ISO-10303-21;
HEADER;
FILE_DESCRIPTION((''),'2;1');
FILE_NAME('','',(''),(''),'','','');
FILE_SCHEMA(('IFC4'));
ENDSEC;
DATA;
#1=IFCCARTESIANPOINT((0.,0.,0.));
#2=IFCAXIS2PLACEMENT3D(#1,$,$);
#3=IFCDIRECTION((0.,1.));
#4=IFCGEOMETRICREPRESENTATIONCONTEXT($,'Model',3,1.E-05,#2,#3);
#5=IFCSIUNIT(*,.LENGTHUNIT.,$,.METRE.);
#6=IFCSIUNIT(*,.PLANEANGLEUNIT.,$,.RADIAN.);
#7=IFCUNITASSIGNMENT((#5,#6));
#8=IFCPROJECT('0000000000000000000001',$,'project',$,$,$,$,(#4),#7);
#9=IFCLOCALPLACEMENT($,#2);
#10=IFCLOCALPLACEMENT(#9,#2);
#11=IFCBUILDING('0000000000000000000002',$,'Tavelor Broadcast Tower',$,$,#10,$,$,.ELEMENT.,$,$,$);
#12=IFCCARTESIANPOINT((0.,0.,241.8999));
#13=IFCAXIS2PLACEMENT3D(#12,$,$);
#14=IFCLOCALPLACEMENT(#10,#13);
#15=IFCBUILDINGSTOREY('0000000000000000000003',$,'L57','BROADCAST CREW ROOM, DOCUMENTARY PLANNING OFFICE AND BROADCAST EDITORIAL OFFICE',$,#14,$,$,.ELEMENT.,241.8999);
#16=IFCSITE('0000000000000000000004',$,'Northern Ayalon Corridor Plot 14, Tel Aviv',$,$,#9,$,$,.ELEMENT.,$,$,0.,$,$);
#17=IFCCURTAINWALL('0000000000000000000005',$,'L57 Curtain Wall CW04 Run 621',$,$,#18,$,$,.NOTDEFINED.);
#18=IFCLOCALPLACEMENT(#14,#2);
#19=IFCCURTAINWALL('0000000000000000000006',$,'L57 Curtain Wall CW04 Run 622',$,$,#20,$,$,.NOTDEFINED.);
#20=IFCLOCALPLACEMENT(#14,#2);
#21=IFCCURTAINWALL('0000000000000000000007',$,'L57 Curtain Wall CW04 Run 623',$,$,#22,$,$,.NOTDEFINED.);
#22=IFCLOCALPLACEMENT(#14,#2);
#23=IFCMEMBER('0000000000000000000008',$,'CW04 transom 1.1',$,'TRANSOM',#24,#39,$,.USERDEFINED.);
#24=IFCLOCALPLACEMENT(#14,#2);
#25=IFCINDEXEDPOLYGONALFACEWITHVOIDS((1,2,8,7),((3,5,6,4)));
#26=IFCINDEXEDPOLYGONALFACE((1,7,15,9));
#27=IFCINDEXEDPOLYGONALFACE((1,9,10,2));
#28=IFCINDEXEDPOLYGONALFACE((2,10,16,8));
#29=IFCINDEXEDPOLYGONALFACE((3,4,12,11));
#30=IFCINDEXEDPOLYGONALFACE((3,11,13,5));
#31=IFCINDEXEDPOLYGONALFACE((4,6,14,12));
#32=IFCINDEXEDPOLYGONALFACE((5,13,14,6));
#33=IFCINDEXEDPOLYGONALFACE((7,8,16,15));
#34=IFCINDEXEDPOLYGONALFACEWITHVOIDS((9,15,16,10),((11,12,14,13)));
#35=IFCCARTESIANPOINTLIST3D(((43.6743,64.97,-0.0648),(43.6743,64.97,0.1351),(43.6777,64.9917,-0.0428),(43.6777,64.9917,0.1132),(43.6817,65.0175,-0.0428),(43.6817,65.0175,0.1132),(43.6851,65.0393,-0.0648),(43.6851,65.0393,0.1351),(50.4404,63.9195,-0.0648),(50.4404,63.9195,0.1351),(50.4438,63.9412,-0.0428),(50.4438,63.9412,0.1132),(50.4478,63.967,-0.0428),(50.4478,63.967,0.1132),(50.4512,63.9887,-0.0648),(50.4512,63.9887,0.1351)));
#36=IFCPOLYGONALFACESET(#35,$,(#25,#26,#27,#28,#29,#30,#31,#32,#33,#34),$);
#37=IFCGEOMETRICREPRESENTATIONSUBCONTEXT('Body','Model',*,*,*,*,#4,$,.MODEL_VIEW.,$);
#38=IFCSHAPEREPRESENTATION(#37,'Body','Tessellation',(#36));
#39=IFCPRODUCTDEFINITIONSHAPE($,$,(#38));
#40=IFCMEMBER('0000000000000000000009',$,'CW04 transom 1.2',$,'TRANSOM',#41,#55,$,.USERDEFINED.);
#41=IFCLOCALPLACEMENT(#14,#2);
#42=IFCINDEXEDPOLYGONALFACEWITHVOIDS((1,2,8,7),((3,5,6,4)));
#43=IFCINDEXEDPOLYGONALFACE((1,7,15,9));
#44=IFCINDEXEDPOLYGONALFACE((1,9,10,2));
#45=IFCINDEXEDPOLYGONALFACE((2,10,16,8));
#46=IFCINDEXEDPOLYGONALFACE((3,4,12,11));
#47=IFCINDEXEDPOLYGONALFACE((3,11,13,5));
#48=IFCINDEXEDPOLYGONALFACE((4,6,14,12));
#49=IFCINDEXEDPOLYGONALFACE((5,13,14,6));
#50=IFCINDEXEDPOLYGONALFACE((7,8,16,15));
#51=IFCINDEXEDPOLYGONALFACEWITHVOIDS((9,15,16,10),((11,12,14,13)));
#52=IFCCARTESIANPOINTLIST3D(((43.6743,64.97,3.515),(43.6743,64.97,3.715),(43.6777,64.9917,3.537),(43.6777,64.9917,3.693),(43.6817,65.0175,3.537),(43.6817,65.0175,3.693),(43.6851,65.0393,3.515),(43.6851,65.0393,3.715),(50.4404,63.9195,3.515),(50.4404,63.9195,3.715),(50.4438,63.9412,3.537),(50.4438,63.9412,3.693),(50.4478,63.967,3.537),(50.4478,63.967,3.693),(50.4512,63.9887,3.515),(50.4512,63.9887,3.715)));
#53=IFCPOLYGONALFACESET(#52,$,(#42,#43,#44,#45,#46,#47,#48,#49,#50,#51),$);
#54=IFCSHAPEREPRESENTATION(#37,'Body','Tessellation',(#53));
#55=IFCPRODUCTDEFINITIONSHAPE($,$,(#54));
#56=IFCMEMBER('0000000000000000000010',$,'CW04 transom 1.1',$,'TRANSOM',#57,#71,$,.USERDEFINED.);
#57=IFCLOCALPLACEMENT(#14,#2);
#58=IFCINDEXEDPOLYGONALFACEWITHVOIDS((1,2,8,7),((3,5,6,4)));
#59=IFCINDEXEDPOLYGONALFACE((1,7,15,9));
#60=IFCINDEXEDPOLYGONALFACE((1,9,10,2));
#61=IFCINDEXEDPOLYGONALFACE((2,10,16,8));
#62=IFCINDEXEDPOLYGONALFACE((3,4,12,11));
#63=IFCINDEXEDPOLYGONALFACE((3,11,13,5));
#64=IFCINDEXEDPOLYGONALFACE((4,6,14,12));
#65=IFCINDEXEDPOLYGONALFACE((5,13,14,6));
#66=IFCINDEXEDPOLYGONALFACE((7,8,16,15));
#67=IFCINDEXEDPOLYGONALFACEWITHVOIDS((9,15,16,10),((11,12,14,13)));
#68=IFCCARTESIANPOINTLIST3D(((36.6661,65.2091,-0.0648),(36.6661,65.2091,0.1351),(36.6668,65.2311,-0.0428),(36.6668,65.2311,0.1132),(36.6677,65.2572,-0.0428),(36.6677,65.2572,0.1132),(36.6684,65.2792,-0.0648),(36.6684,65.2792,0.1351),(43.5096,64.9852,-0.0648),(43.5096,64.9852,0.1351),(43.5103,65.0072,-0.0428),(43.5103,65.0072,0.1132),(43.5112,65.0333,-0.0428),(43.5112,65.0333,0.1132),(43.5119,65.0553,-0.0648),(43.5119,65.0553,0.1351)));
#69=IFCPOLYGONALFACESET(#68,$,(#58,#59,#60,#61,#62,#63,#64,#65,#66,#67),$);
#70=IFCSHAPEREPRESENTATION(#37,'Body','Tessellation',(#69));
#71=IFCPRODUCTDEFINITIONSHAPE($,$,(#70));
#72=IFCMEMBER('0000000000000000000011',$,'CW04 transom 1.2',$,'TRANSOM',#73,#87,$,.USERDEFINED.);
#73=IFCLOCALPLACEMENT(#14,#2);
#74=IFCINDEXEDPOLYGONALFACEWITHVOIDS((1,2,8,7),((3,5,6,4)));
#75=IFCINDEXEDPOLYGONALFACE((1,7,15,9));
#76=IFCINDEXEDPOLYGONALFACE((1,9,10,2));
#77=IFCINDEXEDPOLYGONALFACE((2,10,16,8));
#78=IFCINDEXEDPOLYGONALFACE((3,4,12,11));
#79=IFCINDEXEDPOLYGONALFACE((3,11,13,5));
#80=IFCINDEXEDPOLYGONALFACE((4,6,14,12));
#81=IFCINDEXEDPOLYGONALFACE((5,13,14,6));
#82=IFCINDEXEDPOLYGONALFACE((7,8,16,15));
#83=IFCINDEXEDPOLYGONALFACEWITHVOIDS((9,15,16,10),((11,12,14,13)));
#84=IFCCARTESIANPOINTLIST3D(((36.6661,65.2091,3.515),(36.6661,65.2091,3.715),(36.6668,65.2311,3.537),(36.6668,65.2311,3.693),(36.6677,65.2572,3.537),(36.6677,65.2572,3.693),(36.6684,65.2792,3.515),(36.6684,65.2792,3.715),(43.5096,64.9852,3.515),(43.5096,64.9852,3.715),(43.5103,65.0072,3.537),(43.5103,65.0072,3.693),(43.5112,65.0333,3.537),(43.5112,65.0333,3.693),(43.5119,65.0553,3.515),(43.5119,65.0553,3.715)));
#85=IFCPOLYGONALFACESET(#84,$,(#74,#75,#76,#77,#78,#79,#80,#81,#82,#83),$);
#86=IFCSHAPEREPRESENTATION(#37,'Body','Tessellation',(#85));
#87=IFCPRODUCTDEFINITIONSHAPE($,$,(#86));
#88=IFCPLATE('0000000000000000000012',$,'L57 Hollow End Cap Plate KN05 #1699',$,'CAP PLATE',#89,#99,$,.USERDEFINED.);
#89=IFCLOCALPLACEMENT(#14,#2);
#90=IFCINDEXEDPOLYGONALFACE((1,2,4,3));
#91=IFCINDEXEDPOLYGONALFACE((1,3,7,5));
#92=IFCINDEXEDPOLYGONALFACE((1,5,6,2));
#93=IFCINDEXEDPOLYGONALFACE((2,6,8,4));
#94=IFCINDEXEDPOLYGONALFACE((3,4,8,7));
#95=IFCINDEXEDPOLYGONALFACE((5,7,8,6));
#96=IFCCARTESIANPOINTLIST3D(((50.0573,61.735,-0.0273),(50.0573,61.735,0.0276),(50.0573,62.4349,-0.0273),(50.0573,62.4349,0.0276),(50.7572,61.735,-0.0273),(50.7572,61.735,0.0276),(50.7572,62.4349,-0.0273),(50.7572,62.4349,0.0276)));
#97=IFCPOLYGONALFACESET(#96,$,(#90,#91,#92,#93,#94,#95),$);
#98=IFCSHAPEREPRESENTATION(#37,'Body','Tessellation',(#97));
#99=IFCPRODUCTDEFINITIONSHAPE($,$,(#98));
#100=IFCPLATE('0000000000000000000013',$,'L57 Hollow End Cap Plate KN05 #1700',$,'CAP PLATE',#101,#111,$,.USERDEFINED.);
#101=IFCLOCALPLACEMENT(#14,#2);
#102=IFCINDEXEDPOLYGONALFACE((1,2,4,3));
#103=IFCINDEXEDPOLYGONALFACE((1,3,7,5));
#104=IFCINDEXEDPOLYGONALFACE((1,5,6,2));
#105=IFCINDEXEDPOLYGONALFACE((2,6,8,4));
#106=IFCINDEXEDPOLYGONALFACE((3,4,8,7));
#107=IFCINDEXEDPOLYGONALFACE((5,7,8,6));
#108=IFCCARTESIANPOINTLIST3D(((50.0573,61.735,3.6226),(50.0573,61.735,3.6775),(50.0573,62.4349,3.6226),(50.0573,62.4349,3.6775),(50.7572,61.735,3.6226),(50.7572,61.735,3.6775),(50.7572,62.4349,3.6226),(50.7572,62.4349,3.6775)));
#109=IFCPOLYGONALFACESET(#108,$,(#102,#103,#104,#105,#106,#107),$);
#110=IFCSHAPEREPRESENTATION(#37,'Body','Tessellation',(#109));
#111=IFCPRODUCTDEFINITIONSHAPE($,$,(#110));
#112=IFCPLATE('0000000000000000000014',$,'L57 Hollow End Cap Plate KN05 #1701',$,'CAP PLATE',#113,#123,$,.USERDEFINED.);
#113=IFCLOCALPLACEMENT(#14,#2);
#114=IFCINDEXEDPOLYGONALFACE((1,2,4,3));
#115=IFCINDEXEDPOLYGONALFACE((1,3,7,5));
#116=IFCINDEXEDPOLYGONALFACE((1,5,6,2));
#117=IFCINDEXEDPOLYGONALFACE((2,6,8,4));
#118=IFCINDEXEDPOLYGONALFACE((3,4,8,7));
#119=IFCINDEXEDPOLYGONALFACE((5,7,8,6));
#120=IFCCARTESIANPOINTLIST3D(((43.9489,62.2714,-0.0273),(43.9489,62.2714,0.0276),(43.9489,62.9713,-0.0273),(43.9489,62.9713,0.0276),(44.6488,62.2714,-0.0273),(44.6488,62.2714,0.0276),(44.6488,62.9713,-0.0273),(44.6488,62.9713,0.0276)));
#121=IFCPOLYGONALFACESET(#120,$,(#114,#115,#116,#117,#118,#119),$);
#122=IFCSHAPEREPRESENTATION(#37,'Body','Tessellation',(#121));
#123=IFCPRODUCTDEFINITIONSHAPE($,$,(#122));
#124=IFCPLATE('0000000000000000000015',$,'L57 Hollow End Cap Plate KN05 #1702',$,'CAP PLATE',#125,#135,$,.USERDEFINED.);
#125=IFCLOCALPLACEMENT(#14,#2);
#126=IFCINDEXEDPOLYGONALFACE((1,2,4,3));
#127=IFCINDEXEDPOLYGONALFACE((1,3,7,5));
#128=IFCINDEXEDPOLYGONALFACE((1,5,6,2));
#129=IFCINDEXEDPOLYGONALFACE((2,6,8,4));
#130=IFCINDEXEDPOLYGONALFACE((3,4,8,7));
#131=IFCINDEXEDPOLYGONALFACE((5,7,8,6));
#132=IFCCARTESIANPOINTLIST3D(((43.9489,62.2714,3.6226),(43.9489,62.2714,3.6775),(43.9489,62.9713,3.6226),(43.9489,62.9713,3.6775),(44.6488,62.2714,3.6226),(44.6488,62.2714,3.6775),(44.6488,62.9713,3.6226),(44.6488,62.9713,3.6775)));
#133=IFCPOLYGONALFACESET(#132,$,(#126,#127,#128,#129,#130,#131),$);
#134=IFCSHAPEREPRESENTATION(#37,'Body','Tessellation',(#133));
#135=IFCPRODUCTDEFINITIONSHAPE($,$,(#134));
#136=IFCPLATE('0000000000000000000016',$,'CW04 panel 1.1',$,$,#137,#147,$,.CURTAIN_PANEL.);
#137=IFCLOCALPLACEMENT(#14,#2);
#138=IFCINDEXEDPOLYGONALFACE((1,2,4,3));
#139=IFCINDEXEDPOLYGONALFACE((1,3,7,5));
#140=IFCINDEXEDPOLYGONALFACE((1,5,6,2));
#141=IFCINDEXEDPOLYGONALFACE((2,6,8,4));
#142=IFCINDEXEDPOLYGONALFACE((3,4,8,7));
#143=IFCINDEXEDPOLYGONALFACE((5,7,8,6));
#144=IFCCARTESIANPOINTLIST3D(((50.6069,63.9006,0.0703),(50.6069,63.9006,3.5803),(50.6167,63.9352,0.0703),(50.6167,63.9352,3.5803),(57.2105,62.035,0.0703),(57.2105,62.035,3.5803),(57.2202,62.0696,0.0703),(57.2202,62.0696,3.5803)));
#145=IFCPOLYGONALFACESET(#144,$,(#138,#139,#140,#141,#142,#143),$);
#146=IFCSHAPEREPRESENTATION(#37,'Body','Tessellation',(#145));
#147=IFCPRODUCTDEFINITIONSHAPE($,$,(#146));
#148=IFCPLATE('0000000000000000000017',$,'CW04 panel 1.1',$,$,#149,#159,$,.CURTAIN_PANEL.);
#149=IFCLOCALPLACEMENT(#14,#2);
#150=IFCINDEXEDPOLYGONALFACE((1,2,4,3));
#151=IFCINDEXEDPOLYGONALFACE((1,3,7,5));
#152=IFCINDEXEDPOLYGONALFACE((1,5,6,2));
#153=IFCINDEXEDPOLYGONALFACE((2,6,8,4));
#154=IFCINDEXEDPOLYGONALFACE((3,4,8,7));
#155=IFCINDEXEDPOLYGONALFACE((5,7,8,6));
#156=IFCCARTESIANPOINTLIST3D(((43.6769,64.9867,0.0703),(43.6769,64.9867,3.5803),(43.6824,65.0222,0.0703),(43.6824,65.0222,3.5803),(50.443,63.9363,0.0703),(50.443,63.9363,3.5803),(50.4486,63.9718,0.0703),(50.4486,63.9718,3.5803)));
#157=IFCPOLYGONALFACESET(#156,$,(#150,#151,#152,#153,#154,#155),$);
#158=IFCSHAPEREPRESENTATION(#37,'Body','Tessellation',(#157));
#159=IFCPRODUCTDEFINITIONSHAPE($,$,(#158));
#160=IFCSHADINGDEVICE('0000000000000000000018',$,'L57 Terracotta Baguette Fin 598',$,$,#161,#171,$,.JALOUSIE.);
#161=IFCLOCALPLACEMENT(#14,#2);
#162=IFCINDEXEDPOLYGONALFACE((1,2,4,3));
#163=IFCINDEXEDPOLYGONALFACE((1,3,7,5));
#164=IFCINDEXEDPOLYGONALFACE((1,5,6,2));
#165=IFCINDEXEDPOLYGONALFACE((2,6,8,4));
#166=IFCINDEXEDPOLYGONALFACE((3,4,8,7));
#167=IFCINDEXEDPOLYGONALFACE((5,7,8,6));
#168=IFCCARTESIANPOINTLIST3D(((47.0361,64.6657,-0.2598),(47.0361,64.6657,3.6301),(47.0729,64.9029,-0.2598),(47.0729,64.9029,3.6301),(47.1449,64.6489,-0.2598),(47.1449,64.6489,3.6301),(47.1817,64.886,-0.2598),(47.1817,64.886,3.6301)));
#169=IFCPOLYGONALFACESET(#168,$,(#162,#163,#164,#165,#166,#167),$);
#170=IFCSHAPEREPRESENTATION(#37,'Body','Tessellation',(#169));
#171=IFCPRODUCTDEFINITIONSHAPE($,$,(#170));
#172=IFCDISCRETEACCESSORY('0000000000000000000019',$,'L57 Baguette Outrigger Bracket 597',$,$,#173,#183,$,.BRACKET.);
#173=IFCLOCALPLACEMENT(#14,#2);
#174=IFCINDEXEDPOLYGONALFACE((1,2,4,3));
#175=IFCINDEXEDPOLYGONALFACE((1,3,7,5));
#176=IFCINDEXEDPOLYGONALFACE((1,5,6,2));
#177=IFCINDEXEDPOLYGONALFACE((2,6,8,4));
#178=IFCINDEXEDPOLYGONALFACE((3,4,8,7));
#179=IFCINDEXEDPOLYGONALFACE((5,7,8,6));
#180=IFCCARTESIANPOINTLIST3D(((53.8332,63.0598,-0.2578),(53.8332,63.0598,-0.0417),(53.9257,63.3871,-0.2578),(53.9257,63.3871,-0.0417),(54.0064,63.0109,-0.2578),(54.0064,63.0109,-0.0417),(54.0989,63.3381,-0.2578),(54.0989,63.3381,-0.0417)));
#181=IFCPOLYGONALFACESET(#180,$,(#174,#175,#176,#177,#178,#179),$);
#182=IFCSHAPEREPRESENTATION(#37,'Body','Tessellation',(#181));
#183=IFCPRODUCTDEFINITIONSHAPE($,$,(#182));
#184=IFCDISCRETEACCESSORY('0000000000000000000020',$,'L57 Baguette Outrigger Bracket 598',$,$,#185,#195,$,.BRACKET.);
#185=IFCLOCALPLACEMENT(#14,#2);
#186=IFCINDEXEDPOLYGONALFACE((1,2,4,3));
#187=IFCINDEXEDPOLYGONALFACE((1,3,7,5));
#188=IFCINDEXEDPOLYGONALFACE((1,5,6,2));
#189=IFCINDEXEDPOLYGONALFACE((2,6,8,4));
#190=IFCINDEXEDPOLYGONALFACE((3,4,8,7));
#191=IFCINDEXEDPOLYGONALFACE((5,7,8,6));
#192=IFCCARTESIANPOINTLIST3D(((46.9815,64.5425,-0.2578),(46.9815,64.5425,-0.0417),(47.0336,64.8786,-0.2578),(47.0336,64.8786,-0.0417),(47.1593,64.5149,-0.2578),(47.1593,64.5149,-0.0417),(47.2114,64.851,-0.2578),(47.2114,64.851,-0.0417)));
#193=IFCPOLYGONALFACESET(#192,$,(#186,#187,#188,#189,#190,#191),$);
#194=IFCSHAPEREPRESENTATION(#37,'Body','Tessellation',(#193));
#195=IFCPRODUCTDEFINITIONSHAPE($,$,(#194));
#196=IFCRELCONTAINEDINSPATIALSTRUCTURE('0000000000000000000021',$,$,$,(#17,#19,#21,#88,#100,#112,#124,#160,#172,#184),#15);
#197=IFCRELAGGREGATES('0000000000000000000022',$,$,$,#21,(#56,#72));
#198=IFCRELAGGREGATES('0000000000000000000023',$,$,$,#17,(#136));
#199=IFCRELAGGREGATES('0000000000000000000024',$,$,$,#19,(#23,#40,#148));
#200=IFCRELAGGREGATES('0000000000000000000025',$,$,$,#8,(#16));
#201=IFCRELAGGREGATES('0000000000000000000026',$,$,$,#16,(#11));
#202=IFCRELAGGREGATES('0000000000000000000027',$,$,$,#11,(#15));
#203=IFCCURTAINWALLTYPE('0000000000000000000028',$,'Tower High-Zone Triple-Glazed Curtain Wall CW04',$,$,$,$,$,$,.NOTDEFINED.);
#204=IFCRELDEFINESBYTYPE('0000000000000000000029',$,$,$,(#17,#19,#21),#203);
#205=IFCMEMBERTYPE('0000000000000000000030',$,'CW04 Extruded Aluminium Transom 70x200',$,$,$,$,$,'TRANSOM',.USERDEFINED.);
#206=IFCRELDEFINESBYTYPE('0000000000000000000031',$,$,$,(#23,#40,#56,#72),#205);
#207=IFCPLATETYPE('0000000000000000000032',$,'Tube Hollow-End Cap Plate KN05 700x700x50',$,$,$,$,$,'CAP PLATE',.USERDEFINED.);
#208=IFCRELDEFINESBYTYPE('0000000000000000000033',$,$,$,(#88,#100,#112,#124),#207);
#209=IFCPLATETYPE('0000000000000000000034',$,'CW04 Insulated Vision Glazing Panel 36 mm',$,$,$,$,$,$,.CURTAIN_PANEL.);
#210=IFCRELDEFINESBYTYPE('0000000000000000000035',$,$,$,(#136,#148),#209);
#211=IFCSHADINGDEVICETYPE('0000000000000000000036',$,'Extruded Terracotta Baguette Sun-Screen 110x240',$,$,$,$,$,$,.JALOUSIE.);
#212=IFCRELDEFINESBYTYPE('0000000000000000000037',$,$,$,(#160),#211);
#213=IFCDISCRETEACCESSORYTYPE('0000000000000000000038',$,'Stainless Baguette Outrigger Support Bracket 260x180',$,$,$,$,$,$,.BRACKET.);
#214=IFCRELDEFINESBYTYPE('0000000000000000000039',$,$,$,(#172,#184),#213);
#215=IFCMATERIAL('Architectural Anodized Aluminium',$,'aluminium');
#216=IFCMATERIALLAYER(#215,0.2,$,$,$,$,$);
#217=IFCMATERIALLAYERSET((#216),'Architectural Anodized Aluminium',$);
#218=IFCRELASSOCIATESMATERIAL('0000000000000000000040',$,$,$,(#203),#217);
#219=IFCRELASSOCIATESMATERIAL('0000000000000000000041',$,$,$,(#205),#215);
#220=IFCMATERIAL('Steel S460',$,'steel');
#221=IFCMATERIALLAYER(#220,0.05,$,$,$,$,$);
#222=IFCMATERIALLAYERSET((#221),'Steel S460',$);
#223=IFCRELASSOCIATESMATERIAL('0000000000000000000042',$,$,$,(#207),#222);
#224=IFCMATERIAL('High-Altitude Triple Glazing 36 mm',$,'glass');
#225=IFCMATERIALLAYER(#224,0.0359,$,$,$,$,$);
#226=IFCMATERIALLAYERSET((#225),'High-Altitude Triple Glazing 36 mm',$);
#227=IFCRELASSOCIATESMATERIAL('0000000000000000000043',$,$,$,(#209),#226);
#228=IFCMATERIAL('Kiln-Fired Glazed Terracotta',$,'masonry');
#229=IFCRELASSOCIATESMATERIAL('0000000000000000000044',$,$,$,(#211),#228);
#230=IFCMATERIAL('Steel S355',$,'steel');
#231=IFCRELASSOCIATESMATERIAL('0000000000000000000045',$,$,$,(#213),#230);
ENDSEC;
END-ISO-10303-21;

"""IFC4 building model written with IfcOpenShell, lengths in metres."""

from ifc_helpers import new_model, si_unit, direction, frame, origin, origin_2d, place, context, subcontext, project, spatial, rectangle, hollow_rectangle, extrude, source, transform, mapped, material, layer, layer_set, material_profile, profile_set, type_object, type_shapes, element, aggregate, save


model = new_model("IFC4")

# Units and contexts
model_context = context("Model", 3, precision=1e-05, world=origin(), true_north=direction((0.0, 1.0)))
body_context = subcontext(model_context, "Body", "Model", "MODEL_VIEW")
ifc_project = project(units=[si_unit("LENGTHUNIT", "METRE"), si_unit("PLANEANGLEUNIT", "RADIAN")], contexts=[model_context])

# Site, building, storey
site_placement = place(None, origin())
site = spatial("IfcSite", under=ifc_project, at=site_placement, Name="Northern Ayalon Corridor Plot 14, Tel Aviv", CompositionType="ELEMENT", RefElevation=0.0)
building_placement = place(site_placement, origin())
building = spatial("IfcBuilding", under=site, at=building_placement, Name="Tavelor Broadcast Tower", CompositionType="ELEMENT")
storey_placement = place(building_placement, frame((0.0, 0.0, 241.8999)))
storey = spatial("IfcBuildingStorey", under=building, at=storey_placement, Name="L57", Description="BROADCAST CREW ROOM, DOCUMENTARY PLANNING OFFICE AND BROADCAST EDITORIAL OFFICE", CompositionType="ELEMENT", Elevation=241.8999)

# Shared definitions
ifc_material_1 = material(Name="Steel S460", Category="steel")

# Shared definitions
ifc_material_2 = material(Name="Steel S355", Category="steel")

# Curtain wall
ifc_material_3 = material(Name="Architectural Anodized Aluminium", Category="aluminium")
ifc_layer_1 = layer(ifc_material_3, 0.2)
ifc_layer_set_1 = layer_set([ifc_layer_1], Name="Architectural Anodized Aluminium")
curtain_wall_type = type_object("IfcCurtainWallType", Name="Tower High-Zone Triple-Glazed Curtain Wall CW04", PredefinedType="NOTDEFINED", material=ifc_layer_set_1)
curtain_wall_1_placement = place(storey_placement, origin())
curtain_wall_1 = element("IfcCurtainWall", 1, at=curtain_wall_1_placement, inside=storey, type_object=curtain_wall_type, Name="L57 Curtain Wall CW04 Run 621", PredefinedType="NOTDEFINED")

# Curtain wall
curtain_wall_2_placement = place(storey_placement, origin())
curtain_wall_2 = element("IfcCurtainWall", 2, at=curtain_wall_2_placement, inside=storey, type_object=curtain_wall_type, Name="L57 Curtain Wall CW04 Run 622", PredefinedType="NOTDEFINED")

# Curtain wall
curtain_wall_3_placement = place(storey_placement, origin())
curtain_wall_3 = element("IfcCurtainWall", 3, at=curtain_wall_3_placement, inside=storey, type_object=curtain_wall_type, Name="L57 Curtain Wall CW04 Run 623", PredefinedType="NOTDEFINED")

# Members
ifc_material_profile_1 = material_profile(ifc_material_3, hollow_rectangle(XDim=0.0701, YDim=0.2, WallThickness=0.022, at=origin_2d()), Name="RHS 70x200x22")
ifc_profile_set_1 = profile_set([ifc_material_profile_1], Name="Architectural Anodized Aluminium")
member_type_1 = type_object("IfcMemberType", Name="CW04 Extruded Aluminium Transom 70x200", ElementType="TRANSOM", PredefinedType="USERDEFINED", material=ifc_profile_set_1)
shared_shape_1 = source(origin(), body_context, "Body", "SweptSolid", [
    extrude(hollow_rectangle(XDim=0.0701, YDim=0.2, WallThickness=0.022, at=origin_2d()), origin(), (0.0, 0.0, 1.0), 6.8472),
])
type_shapes(member_type_1, [shared_shape_1])
member_1_placement = place(storey_placement, frame((50.4458, 63.9541, 0.0352), z_axis=(-0.98816, 0.153426, 0.0), x_axis=(-0.153426, -0.98816, 0.0)))
member_1 = element("IfcMember", 4, at=member_1_placement, type_object=member_type_1, Name="CW04 transom 1.1", ObjectType="TRANSOM", PredefinedType="USERDEFINED", context=body_context, shape_type="MappedRepresentation", body=[
    mapped(shared_shape_1, transform((0.0, 0.0, 0.0), scale=1.0)),
])
member_2_placement = place(storey_placement, frame((50.4458, 63.9541, 3.615), z_axis=(-0.98816, 0.153426, 0.0), x_axis=(-0.153426, -0.98816, 0.0)))
member_2 = element("IfcMember", 5, at=member_2_placement, type_object=member_type_1, Name="CW04 transom 1.2", ObjectType="TRANSOM", PredefinedType="USERDEFINED", context=body_context, shape_type="MappedRepresentation", body=[
    mapped(shared_shape_1, transform((0.0, 0.0, 0.0), scale=1.0)),
])
member_3_placement = place(storey_placement, frame((43.5107, 65.0203, 0.0352), z_axis=(-0.999465, 0.032696, 0.0), x_axis=(-0.032696, -0.999465, 0.0)))
member_3 = element("IfcMember", 6, at=member_3_placement, type_object=member_type_1, Name="CW04 transom 1.1", ObjectType="TRANSOM", PredefinedType="USERDEFINED", context=body_context, shape_type="MappedRepresentation", body=[
    mapped(shared_shape_1, transform((0.0, 0.0, 0.0), scale=1.0)),
])
member_4_placement = place(storey_placement, frame((43.5107, 65.0203, 3.615), z_axis=(-0.999465, 0.032696, 0.0), x_axis=(-0.032696, -0.999465, 0.0)))
member_4 = element("IfcMember", 7, at=member_4_placement, type_object=member_type_1, Name="CW04 transom 1.2", ObjectType="TRANSOM", PredefinedType="USERDEFINED", context=body_context, shape_type="MappedRepresentation", body=[
    mapped(shared_shape_1, transform((0.0, 0.0, 0.0), scale=1.0)),
])
aggregate(curtain_wall_3, [member_3, member_4])

# Plates
ifc_layer_2 = layer(ifc_material_1, 0.05)
ifc_layer_set_2 = layer_set([ifc_layer_2], Name="Steel S460")
plate_type_1 = type_object("IfcPlateType", Name="Tube Hollow-End Cap Plate KN05 700x700x50", ElementType="CAP PLATE", PredefinedType="USERDEFINED", material=ifc_layer_set_2)
shared_shape_2 = source(origin(), body_context, "Body", "SweptSolid", [
    extrude(rectangle(XDim=0.7, YDim=0.7, at=origin_2d()), origin(), (0.0, 0.0, 1.0), 0.0549),
])
type_shapes(plate_type_1, [shared_shape_2])
for number, where, z_axis, x_axis, name in (
    (8, (50.4072, 62.085, -0.0273), (0.0, 0.0, 1.0), (1.0, 0.0, 0.0), "L57 Hollow End Cap Plate KN05 #1699"),
    (9, (50.4072, 62.085, 3.6226), (0.0, 0.0, 1.0), (1.0, 0.0, 0.0), "L57 Hollow End Cap Plate KN05 #1700"),
    (10, (44.2988, 62.6213, -0.0273), (0.0, 0.0, 1.0), (1.0, 0.0, 0.0), "L57 Hollow End Cap Plate KN05 #1701"),
    (11, (44.2988, 62.6213, 3.6226), (0.0, 0.0, 1.0), (1.0, 0.0, 0.0), "L57 Hollow End Cap Plate KN05 #1702"),
):
    element("IfcPlate", number, at=place(storey_placement, frame(where, z_axis=z_axis, x_axis=x_axis)), inside=storey, type_object=plate_type_1, Name=name, ObjectType="CAP PLATE", PredefinedType="USERDEFINED", context=body_context, shape_type="MappedRepresentation", body=[
        mapped(shared_shape_2, transform((0.0, 0.0, 0.0), scale=1.0)),
    ])

# Plates
ifc_material_4 = material(Name="High-Altitude Triple Glazing 36 mm", Category="glass")
ifc_layer_3 = layer(ifc_material_4, 0.0359)
ifc_layer_set_3 = layer_set([ifc_layer_3], Name="High-Altitude Triple Glazing 36 mm")
plate_type_2 = type_object("IfcPlateType", Name="CW04 Insulated Vision Glazing Panel 36 mm", PredefinedType="CURTAIN_PANEL", material=ifc_layer_set_3)
shared_shape_3 = source(origin(), body_context, "Body", "SweptSolid", [
    extrude(rectangle(XDim=6.8621, YDim=0.0359, at=origin_2d()), origin(), (0.0, 0.0, 1.0), 3.51),
])
plate_1_placement = place(storey_placement, frame((53.9136, 62.9851, 0.0703), z_axis=(0.0, 0.0, 1.0), x_axis=(-0.962333, 0.271874, 0.0)))
plate_1 = element("IfcPlate", 12, at=plate_1_placement, type_object=plate_type_2, Name="CW04 panel 1.1", PredefinedType="CURTAIN_PANEL", context=body_context, shape_type="MappedRepresentation", body=[
    mapped(shared_shape_3, transform((0.0, 0.0, 0.0), scale=1.0)),
])
aggregate(curtain_wall_1, [plate_1])
shared_shape_4 = source(origin(), body_context, "Body", "SweptSolid", [
    extrude(rectangle(XDim=6.8472, YDim=0.0359, at=origin_2d()), origin(), (0.0, 0.0, 1.0), 3.51),
])
type_shapes(plate_type_2, [shared_shape_3, shared_shape_4])
plate_2_placement = place(storey_placement, frame((47.0627, 64.4792, 0.0703), z_axis=(0.0, 0.0, 1.0), x_axis=(-0.988163, 0.153409, 0.0)))
plate_2 = element("IfcPlate", 13, at=plate_2_placement, type_object=plate_type_2, Name="CW04 panel 1.1", PredefinedType="CURTAIN_PANEL", context=body_context, shape_type="MappedRepresentation", body=[
    mapped(shared_shape_4, transform((0.0, 0.0, 0.0), scale=1.0)),
])
aggregate(curtain_wall_2, [member_1, member_2, plate_2])

# Shading device
ifc_material_5 = material(Name="Kiln-Fired Glazed Terracotta", Category="masonry")
shading_device_type = type_object("IfcShadingDeviceType", Name="Extruded Terracotta Baguette Sun-Screen 110x240", PredefinedType="JALOUSIE", material=ifc_material_5)
shared_shape_5 = source(origin(), body_context, "Body", "SweptSolid", [
    extrude(rectangle(XDim=0.1101, YDim=0.24, at=origin_2d()), origin(), (0.0, 0.0, 1.0), 3.8899),
])
type_shapes(shading_device_type, [shared_shape_5])
shading_device_placement = place(storey_placement, frame((47.1089, 64.7759, -0.2598), z_axis=(0.0, 0.0, 1.0), x_axis=(-0.988175, 0.153331, 0.0)))
element("IfcShadingDevice", 14, at=shading_device_placement, inside=storey, type_object=shading_device_type, Name="L57 Terracotta Baguette Fin 598", PredefinedType="JALOUSIE", context=body_context, shape_type="MappedRepresentation", body=[
    mapped(shared_shape_5, transform((0.0, 0.0, 0.0), scale=1.0)),
])

# Discrete accessories
discrete_accessory_type = type_object("IfcDiscreteAccessoryType", Name="Stainless Baguette Outrigger Support Bracket 260x180", PredefinedType="BRACKET", material=ifc_material_2)
shared_shape_6 = source(origin(), body_context, "Body", "SweptSolid", [
    extrude(rectangle(XDim=0.1799, YDim=0.3401, at=origin_2d()), origin(), (0.0, 0.0, 1.0), 0.2161),
])
type_shapes(discrete_accessory_type, [shared_shape_6])
for number, where, z_axis, x_axis, name in (
    (15, (53.9661, 63.199, -0.2578), (0.0, 0.0, 1.0), (-0.962313, 0.271944, 0.0), "L57 Baguette Outrigger Bracket 597"),
    (16, (47.0964, 64.6968, -0.2578), (0.0, 0.0, 1.0), (-0.988175, 0.153331, 0.0), "L57 Baguette Outrigger Bracket 598"),
):
    element("IfcDiscreteAccessory", number, at=place(storey_placement, frame(where, z_axis=z_axis, x_axis=x_axis)), inside=storey, type_object=discrete_accessory_type, Name=name, PredefinedType="BRACKET", context=body_context, shape_type="MappedRepresentation", body=[
        mapped(shared_shape_6, transform((0.0, 0.0, 0.0), scale=1.0)),
    ])

save(model, "model.ifc")
